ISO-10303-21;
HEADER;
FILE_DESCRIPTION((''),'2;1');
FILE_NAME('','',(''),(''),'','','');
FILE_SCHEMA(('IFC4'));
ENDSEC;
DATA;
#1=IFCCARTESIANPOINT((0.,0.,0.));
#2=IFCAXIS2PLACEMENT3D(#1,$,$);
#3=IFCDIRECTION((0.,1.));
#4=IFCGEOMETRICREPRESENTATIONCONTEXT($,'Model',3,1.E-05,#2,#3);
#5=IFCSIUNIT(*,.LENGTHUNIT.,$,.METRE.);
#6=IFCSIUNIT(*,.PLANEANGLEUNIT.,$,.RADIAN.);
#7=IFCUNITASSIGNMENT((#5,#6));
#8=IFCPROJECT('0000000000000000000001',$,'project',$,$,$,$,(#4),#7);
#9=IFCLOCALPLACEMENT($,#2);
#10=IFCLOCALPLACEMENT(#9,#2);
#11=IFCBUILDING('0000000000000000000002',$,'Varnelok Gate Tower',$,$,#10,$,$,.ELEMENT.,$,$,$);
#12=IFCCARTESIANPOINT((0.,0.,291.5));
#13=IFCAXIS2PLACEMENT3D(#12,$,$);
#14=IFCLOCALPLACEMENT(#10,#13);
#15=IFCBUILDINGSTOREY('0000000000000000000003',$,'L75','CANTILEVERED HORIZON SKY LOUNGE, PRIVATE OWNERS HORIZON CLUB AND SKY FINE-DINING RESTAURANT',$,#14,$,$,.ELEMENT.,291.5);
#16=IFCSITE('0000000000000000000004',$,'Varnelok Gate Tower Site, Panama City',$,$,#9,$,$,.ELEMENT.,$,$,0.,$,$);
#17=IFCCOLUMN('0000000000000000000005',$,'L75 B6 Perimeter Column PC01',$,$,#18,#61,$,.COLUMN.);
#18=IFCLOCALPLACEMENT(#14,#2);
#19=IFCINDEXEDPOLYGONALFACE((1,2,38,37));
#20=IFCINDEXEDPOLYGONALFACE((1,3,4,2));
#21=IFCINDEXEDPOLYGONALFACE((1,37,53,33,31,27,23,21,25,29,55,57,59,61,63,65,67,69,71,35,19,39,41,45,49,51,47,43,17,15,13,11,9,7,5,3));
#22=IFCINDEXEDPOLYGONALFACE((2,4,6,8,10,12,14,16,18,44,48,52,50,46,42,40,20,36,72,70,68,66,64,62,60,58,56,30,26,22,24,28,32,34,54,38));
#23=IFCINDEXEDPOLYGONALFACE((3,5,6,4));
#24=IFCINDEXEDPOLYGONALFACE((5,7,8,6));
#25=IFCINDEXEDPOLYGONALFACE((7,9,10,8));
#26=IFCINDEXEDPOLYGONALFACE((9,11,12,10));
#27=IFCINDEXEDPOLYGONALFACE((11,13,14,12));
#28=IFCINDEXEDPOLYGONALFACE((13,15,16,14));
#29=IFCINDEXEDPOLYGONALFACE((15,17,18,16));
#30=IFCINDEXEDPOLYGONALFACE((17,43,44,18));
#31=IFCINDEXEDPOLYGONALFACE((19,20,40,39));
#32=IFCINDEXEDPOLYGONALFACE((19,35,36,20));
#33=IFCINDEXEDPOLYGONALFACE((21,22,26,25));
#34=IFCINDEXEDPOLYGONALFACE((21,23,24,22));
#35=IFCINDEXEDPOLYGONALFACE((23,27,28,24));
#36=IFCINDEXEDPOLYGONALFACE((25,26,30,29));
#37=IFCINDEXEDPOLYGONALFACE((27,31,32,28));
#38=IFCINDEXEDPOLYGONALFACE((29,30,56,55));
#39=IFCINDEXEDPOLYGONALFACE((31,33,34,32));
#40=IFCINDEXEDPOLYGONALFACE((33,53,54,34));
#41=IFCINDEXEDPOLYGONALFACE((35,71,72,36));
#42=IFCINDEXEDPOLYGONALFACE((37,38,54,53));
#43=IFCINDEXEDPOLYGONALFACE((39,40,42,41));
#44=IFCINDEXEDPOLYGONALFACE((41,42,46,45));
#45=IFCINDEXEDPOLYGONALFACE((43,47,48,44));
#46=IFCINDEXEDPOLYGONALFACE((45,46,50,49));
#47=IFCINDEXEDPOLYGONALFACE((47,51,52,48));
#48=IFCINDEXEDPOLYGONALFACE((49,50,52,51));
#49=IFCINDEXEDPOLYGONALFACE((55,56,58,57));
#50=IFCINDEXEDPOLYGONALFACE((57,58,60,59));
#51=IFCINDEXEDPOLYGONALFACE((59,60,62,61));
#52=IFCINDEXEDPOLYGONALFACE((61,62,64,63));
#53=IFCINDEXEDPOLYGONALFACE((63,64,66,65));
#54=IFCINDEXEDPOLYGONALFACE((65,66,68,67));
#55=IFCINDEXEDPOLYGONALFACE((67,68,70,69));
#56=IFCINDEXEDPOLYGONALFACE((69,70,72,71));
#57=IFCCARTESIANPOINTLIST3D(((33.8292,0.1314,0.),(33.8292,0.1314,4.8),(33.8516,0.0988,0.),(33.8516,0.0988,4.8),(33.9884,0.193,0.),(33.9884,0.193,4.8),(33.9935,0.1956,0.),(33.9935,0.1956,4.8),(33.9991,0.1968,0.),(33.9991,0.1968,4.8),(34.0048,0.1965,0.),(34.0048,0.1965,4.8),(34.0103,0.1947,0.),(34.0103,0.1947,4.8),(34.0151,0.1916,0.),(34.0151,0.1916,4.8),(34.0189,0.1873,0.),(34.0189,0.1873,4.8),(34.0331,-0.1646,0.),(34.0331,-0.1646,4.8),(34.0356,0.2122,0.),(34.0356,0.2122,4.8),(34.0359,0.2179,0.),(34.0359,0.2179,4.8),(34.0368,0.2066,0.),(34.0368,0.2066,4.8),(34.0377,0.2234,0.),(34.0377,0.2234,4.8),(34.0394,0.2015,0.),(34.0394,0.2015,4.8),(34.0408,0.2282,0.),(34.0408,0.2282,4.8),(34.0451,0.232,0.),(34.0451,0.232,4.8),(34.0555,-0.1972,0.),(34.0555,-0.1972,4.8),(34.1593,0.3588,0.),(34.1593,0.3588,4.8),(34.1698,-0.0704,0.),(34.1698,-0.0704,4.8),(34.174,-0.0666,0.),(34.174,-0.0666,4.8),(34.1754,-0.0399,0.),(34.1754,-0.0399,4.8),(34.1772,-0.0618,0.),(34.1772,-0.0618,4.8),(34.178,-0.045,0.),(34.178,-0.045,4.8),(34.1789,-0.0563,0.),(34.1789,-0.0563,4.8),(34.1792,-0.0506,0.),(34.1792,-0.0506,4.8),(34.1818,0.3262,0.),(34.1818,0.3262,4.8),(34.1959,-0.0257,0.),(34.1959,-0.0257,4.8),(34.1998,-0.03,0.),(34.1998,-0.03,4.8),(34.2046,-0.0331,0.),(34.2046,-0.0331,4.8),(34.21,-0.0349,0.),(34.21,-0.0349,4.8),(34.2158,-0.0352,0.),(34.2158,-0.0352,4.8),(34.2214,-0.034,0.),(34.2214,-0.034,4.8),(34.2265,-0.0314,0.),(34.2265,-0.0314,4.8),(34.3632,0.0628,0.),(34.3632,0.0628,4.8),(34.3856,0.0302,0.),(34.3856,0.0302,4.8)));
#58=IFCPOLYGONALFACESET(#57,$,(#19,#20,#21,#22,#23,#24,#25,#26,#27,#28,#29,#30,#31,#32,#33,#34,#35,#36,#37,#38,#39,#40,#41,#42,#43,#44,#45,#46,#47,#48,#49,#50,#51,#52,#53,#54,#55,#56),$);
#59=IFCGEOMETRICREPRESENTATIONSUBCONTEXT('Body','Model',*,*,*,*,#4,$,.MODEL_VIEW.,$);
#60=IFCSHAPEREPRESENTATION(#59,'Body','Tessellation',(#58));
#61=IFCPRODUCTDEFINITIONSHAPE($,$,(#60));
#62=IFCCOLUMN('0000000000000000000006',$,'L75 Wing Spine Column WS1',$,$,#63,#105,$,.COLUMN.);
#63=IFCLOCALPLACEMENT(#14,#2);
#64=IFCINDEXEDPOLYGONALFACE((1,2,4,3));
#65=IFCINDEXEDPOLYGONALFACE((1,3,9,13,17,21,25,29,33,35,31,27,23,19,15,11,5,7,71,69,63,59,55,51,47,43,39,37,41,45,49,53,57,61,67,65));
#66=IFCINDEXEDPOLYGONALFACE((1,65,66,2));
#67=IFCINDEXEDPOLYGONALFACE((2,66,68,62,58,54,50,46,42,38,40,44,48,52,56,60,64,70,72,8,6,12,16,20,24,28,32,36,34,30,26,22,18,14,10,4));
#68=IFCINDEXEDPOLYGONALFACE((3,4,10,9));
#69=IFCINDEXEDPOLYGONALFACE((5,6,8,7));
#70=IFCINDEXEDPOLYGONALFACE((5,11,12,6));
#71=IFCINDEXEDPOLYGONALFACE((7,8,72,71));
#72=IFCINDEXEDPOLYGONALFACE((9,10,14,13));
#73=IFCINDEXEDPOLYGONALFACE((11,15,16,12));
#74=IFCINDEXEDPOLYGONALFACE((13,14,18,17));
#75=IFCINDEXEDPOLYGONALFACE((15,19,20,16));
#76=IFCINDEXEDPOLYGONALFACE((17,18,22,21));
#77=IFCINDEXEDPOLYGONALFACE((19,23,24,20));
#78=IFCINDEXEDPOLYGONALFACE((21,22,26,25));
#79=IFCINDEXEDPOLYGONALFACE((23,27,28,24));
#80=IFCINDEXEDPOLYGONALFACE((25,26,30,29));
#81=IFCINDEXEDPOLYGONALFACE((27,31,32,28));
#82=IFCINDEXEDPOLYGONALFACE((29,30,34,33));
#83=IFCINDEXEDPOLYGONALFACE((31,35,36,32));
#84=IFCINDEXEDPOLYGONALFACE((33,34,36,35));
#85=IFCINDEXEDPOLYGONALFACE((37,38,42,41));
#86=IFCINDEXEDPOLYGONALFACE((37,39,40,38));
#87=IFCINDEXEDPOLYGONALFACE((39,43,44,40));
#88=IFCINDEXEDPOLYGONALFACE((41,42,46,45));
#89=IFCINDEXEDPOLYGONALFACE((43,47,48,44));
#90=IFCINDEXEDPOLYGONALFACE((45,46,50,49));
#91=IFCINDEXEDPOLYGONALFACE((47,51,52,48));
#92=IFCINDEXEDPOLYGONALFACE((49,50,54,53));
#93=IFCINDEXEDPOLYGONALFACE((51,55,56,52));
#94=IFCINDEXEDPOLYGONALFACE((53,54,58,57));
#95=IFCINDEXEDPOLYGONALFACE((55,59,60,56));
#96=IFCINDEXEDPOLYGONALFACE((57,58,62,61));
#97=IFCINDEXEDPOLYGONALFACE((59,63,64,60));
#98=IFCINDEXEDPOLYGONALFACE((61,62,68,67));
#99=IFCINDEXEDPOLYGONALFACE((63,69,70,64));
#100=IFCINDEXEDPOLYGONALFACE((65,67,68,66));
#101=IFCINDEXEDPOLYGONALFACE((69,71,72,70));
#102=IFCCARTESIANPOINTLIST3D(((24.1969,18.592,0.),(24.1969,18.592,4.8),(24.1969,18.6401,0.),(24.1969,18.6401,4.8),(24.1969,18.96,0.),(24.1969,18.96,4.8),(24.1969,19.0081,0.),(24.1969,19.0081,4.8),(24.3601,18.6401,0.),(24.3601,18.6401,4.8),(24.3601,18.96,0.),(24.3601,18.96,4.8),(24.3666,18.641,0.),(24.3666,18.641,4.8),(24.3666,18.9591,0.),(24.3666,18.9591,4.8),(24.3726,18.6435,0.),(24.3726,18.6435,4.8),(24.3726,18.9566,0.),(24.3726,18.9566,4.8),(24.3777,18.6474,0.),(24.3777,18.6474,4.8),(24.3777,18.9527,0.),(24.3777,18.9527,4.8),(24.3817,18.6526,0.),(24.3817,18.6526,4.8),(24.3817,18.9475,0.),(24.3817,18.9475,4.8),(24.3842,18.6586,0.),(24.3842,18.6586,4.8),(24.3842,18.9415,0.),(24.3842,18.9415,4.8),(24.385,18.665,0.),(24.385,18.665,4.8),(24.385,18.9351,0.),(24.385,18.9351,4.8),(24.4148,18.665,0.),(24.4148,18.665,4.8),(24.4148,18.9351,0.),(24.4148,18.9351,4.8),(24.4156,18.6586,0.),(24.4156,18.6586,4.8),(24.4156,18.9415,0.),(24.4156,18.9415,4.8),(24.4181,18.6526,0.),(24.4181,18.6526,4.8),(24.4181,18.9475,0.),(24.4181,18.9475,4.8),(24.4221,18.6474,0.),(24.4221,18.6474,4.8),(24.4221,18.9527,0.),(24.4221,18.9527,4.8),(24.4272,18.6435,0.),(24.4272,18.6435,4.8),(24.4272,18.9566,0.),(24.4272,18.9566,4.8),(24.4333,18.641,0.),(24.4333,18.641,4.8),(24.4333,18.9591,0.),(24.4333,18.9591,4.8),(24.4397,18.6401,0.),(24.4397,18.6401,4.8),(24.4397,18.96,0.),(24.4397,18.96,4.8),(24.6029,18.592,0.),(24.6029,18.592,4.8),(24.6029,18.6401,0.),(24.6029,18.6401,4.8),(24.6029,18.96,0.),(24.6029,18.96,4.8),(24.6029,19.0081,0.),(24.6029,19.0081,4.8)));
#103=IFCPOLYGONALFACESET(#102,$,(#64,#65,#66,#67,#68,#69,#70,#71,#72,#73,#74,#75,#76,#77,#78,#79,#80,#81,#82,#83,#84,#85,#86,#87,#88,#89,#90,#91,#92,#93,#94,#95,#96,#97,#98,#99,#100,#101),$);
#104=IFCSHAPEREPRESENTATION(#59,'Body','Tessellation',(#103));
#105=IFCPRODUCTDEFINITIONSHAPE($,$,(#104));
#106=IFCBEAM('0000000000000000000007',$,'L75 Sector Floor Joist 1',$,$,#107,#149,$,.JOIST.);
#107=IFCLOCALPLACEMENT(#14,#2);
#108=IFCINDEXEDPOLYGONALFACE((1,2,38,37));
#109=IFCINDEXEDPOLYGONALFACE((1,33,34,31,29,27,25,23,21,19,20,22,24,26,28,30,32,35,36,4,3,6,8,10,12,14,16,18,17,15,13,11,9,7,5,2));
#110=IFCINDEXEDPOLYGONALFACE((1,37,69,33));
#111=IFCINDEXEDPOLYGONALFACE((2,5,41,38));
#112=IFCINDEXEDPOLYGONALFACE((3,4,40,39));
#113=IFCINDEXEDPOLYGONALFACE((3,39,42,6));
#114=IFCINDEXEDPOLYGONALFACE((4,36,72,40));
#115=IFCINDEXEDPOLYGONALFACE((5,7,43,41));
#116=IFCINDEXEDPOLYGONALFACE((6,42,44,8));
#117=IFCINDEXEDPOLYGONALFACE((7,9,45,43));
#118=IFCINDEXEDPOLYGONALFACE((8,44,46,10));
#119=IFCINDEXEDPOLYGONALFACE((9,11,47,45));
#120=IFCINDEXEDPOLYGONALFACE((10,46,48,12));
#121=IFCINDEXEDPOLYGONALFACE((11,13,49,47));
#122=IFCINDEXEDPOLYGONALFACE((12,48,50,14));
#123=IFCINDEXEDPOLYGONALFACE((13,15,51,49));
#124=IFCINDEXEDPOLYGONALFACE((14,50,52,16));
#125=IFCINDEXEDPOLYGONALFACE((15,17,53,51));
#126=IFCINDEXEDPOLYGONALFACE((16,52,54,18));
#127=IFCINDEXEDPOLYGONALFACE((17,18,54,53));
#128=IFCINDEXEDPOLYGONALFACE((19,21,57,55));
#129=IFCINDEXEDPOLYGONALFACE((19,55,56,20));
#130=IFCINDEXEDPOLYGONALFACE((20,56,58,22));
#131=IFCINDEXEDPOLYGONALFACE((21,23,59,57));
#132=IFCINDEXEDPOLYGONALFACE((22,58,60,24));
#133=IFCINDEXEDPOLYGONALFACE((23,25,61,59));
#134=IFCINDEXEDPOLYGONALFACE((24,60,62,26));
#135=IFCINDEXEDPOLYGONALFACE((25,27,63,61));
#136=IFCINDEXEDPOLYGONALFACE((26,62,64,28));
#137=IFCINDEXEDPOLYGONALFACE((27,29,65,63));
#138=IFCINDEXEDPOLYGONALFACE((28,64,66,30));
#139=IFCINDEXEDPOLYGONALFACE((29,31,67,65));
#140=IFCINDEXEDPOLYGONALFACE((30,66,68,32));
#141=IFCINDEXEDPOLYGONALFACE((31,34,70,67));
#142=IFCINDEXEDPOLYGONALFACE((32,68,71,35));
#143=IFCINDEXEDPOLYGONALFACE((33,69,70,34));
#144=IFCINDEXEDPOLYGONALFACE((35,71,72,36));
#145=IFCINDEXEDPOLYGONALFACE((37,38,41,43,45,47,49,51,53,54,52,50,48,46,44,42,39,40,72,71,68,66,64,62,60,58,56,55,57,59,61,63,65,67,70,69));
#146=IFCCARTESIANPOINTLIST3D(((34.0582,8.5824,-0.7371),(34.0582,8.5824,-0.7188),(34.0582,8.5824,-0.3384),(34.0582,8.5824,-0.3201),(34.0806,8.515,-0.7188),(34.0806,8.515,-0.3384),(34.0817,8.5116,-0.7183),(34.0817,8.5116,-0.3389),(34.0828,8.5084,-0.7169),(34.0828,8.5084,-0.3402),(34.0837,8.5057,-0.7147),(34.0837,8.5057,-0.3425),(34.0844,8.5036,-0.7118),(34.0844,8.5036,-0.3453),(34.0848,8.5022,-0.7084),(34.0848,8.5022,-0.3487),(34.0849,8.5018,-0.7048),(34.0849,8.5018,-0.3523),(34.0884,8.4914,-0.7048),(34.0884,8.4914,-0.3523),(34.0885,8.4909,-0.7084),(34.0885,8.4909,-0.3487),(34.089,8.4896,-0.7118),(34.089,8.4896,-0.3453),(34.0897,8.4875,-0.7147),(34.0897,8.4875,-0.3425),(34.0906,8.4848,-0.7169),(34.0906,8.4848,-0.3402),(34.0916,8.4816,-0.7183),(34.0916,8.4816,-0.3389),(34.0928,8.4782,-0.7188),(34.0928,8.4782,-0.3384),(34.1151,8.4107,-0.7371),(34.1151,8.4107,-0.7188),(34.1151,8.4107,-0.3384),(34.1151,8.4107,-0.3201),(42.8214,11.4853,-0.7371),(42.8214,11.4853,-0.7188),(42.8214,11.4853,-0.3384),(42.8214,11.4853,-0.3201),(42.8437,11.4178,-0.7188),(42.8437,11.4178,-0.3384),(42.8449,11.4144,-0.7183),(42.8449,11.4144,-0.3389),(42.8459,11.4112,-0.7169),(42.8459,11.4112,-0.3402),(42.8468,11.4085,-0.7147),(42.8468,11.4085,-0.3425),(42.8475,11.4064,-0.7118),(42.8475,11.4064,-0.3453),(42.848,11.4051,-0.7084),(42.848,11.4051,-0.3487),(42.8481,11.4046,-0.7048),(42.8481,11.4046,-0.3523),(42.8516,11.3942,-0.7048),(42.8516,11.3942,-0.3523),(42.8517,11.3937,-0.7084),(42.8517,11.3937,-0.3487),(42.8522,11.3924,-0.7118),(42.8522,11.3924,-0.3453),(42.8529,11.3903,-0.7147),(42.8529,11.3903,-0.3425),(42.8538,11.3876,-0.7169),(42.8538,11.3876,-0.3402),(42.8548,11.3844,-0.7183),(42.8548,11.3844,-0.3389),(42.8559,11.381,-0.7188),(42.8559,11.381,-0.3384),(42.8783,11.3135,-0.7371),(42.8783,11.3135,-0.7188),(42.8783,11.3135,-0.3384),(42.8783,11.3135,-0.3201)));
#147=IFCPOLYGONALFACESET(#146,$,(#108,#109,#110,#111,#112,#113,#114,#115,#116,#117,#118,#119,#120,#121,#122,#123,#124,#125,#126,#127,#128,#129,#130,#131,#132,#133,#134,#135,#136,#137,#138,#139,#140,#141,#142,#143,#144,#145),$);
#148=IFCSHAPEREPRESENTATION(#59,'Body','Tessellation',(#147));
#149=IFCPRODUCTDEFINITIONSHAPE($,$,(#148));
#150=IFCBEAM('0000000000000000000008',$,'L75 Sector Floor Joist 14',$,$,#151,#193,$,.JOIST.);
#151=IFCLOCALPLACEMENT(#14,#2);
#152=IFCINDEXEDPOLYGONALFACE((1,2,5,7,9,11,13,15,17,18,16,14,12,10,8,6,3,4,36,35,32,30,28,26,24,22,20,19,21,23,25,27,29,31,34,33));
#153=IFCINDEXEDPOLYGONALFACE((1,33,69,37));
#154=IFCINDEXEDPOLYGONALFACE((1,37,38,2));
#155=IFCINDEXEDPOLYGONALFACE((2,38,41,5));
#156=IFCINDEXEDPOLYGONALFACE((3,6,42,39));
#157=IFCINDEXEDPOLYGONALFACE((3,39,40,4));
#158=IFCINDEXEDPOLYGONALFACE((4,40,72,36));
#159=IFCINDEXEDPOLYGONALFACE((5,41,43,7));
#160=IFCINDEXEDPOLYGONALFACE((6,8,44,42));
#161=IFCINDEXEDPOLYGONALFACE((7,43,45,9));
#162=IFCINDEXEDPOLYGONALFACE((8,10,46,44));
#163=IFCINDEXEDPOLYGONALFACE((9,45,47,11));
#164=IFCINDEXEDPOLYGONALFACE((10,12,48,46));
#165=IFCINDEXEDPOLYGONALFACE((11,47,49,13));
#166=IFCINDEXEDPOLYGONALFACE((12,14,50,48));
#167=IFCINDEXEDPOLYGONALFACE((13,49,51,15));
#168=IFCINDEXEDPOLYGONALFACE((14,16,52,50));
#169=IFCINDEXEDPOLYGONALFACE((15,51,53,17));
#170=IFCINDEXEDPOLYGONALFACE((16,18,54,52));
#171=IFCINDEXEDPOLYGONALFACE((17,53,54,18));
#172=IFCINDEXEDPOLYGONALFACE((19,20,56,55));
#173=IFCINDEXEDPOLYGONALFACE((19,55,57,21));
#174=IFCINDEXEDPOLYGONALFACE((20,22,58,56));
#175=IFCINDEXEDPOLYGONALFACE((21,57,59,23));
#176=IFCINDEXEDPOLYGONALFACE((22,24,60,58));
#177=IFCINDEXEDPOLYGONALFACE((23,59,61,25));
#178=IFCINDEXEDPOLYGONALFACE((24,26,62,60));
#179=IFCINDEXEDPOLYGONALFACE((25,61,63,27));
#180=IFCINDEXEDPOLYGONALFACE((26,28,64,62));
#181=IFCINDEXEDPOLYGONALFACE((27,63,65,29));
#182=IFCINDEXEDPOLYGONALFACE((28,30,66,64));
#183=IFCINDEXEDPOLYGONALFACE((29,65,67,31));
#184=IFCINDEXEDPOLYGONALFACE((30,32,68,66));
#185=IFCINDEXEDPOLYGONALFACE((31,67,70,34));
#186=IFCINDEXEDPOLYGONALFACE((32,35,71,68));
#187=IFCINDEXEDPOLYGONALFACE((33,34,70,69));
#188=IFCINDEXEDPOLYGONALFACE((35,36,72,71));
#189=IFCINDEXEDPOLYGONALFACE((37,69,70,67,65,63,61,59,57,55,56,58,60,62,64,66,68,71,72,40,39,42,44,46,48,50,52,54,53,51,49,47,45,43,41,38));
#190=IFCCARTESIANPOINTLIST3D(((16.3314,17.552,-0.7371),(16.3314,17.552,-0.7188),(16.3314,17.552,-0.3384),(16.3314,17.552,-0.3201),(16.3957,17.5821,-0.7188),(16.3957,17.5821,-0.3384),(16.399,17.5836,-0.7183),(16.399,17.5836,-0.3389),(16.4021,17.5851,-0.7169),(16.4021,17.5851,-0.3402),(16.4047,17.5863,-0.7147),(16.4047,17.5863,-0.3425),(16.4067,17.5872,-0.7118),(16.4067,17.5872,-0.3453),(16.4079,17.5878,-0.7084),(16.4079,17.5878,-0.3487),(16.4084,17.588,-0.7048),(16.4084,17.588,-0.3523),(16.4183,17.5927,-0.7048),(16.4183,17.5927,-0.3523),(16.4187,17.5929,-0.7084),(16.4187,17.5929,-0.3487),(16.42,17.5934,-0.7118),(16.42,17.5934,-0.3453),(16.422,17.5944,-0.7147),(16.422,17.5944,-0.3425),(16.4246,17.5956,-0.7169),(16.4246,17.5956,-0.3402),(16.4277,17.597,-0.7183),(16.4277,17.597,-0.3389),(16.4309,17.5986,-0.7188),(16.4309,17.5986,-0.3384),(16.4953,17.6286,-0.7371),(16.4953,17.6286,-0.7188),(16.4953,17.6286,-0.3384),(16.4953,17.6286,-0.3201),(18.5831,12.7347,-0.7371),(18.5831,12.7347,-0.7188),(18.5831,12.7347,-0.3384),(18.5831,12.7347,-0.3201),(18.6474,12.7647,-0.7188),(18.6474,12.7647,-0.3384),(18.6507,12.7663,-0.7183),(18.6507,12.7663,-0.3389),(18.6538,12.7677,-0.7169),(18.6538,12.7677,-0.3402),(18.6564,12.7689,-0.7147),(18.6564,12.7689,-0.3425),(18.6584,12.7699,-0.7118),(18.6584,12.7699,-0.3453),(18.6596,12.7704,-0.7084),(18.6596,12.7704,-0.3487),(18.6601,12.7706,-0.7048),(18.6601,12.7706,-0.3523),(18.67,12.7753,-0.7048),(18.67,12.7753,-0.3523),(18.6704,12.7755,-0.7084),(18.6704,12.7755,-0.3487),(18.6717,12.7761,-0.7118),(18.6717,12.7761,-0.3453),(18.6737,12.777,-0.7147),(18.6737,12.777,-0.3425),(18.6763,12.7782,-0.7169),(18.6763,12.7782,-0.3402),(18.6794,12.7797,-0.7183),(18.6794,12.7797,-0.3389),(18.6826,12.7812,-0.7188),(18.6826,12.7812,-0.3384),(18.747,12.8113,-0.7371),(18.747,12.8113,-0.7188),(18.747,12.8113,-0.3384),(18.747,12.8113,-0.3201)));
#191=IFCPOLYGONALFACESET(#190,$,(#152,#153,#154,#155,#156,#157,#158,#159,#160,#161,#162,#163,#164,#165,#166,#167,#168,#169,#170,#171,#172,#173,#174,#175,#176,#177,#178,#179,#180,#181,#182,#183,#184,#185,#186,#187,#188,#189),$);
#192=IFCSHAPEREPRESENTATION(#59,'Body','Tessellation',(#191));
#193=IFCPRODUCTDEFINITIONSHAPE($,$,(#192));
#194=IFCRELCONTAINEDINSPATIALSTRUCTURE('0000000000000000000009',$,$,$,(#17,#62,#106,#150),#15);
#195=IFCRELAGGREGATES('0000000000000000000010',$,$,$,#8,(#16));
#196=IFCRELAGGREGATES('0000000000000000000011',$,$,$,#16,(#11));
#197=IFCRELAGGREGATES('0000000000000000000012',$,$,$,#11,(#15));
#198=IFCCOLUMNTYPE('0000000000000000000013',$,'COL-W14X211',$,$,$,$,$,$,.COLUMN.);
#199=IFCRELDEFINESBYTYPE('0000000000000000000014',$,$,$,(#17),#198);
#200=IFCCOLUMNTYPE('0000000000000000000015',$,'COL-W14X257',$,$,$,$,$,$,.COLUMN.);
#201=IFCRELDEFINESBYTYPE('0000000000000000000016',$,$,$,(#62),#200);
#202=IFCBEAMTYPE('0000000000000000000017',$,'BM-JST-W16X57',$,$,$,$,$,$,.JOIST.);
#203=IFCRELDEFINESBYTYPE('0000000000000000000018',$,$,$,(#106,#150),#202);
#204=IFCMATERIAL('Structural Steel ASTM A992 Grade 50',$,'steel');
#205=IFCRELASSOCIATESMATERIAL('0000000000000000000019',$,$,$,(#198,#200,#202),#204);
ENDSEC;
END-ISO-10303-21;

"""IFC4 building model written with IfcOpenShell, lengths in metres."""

from ifc_helpers import new_model, si_unit, direction, frame, origin, origin_2d, place, context, subcontext, project, spatial, i_section, extrude, material, material_profile, profile_set, type_object, element, save


model = new_model("IFC4")

# Units and contexts
model_context = context("Model", 3, precision=1e-05, world=origin(), true_north=direction((0.0, 1.0)))
body_context = subcontext(model_context, "Body", "Model", "MODEL_VIEW")
ifc_project = project(units=[si_unit("LENGTHUNIT", "METRE"), si_unit("PLANEANGLEUNIT", "RADIAN")], contexts=[model_context])

# Site, building, storey
site_placement = place(None, origin())
site = spatial("IfcSite", under=ifc_project, at=site_placement, Name="Varnelok Gate Tower Site, Panama City", CompositionType="ELEMENT", RefElevation=0.0)
building_placement = place(site_placement, origin())
building = spatial("IfcBuilding", under=site, at=building_placement, Name="Varnelok Gate Tower", CompositionType="ELEMENT")
storey_placement = place(building_placement, frame((0.0, 0.0, 291.5)))
storey = spatial("IfcBuildingStorey", under=building, at=storey_placement, Name="L75", Description="CANTILEVERED HORIZON SKY LOUNGE, PRIVATE OWNERS HORIZON CLUB AND SKY FINE-DINING RESTAURANT", CompositionType="ELEMENT", Elevation=291.5)

# Columns
ifc_material_1 = material(Name="Structural Steel ASTM A992 Grade 50", Category="steel")
ifc_material_profile_1 = material_profile(ifc_material_1, i_section(OverallWidth=0.4009, OverallDepth=0.3989, WebThickness=0.0249, FlangeThickness=0.0396, FilletRadius=0.022, at=origin_2d()), Name="W14X211")
ifc_profile_set_1 = profile_set([ifc_material_profile_1], Name="Structural Steel ASTM A992 Grade 50")
column_type_1 = type_object("IfcColumnType", Name="COL-W14X211", PredefinedType="COLUMN", material=ifc_profile_set_1)
column_1_placement = place(storey_placement, frame((34.1074, 0.0808, 0.0), z_axis=(0.0, 0.0, 1.0), x_axis=(0.823533, 0.567269, 0.0)))
element("IfcColumn", 1, at=column_1_placement, inside=storey, type_object=column_type_1, Name="L75 B6 Perimeter Column PC01", PredefinedType="COLUMN", context=body_context, shape_type="SweptSolid", body=[
    extrude(i_section(OverallWidth=0.4009, OverallDepth=0.3989, WebThickness=0.0249, FlangeThickness=0.0396, FilletRadius=0.022, at=origin_2d()), origin(), (0.0, 0.0, 1.0), 4.8),
])
ifc_material_profile_2 = material_profile(ifc_material_1, i_section(OverallWidth=0.406, OverallDepth=0.416, WebThickness=0.0298, FlangeThickness=0.0481, FilletRadius=0.0249, at=origin_2d()), Name="W14X257")
ifc_profile_set_2 = profile_set([ifc_material_profile_2], Name="Structural Steel ASTM A992 Grade 50")
column_type_2 = type_object("IfcColumnType", Name="COL-W14X257", PredefinedType="COLUMN", material=ifc_profile_set_2)
column_2_placement = place(storey_placement, frame((24.3999, 18.8, 0.0), z_axis=(0.0, 0.0, 1.0), x_axis=(1.0, 0.0, 0.0)))
element("IfcColumn", 2, at=column_2_placement, inside=storey, type_object=column_type_2, Name="L75 Wing Spine Column WS1", PredefinedType="COLUMN", context=body_context, shape_type="SweptSolid", body=[
    extrude(i_section(OverallWidth=0.406, OverallDepth=0.416, WebThickness=0.0298, FlangeThickness=0.0481, FilletRadius=0.0249, at=origin_2d()), origin(), (0.0, 0.0, 1.0), 4.8),
])

# Beams
ifc_material_profile_3 = material_profile(ifc_material_1, i_section(OverallWidth=0.1809, OverallDepth=0.417, WebThickness=0.011, FlangeThickness=0.0183, FilletRadius=0.0139, at=origin_2d()), Name="W16X57")
ifc_profile_set_3 = profile_set([ifc_material_profile_3], Name="Structural Steel ASTM A992 Grade 50")
beam_type_1 = type_object("IfcBeamType", Name="BM-JST-W16X57", PredefinedType="JOIST", material=ifc_profile_set_3)
beam_1_placement = place(storey_placement, frame((34.0867, 8.4966, -0.5286), z_axis=(0.949274, 0.31445, 0.0), x_axis=(-0.31445, 0.949274, 0.0)))
element("IfcBeam", 3, at=beam_1_placement, inside=storey, type_object=beam_type_1, Name="L75 Sector Floor Joist 1", PredefinedType="JOIST", context=body_context, shape_type="SweptSolid", body=[
    extrude(i_section(OverallWidth=0.1809, OverallDepth=0.417, WebThickness=0.011, FlangeThickness=0.0183, FilletRadius=0.0139, at=origin_2d()), origin(), (0.0, 0.0, 1.0), 9.2314),
])
beam_2_placement = place(storey_placement, frame((16.4133, 17.5903, -0.5286), z_axis=(0.423441, -0.905924, 0.0), x_axis=(0.905924, 0.423441, 0.0)))
element("IfcBeam", 4, at=beam_2_placement, inside=storey, type_object=beam_type_1, Name="L75 Sector Floor Joist 14", PredefinedType="JOIST", context=body_context, shape_type="SweptSolid", body=[
    extrude(i_section(OverallWidth=0.1809, OverallDepth=0.417, WebThickness=0.011, FlangeThickness=0.0183, FilletRadius=0.0139, at=origin_2d()), origin(), (0.0, 0.0, 1.0), 5.3176),
])

save(model, "model.ifc")
